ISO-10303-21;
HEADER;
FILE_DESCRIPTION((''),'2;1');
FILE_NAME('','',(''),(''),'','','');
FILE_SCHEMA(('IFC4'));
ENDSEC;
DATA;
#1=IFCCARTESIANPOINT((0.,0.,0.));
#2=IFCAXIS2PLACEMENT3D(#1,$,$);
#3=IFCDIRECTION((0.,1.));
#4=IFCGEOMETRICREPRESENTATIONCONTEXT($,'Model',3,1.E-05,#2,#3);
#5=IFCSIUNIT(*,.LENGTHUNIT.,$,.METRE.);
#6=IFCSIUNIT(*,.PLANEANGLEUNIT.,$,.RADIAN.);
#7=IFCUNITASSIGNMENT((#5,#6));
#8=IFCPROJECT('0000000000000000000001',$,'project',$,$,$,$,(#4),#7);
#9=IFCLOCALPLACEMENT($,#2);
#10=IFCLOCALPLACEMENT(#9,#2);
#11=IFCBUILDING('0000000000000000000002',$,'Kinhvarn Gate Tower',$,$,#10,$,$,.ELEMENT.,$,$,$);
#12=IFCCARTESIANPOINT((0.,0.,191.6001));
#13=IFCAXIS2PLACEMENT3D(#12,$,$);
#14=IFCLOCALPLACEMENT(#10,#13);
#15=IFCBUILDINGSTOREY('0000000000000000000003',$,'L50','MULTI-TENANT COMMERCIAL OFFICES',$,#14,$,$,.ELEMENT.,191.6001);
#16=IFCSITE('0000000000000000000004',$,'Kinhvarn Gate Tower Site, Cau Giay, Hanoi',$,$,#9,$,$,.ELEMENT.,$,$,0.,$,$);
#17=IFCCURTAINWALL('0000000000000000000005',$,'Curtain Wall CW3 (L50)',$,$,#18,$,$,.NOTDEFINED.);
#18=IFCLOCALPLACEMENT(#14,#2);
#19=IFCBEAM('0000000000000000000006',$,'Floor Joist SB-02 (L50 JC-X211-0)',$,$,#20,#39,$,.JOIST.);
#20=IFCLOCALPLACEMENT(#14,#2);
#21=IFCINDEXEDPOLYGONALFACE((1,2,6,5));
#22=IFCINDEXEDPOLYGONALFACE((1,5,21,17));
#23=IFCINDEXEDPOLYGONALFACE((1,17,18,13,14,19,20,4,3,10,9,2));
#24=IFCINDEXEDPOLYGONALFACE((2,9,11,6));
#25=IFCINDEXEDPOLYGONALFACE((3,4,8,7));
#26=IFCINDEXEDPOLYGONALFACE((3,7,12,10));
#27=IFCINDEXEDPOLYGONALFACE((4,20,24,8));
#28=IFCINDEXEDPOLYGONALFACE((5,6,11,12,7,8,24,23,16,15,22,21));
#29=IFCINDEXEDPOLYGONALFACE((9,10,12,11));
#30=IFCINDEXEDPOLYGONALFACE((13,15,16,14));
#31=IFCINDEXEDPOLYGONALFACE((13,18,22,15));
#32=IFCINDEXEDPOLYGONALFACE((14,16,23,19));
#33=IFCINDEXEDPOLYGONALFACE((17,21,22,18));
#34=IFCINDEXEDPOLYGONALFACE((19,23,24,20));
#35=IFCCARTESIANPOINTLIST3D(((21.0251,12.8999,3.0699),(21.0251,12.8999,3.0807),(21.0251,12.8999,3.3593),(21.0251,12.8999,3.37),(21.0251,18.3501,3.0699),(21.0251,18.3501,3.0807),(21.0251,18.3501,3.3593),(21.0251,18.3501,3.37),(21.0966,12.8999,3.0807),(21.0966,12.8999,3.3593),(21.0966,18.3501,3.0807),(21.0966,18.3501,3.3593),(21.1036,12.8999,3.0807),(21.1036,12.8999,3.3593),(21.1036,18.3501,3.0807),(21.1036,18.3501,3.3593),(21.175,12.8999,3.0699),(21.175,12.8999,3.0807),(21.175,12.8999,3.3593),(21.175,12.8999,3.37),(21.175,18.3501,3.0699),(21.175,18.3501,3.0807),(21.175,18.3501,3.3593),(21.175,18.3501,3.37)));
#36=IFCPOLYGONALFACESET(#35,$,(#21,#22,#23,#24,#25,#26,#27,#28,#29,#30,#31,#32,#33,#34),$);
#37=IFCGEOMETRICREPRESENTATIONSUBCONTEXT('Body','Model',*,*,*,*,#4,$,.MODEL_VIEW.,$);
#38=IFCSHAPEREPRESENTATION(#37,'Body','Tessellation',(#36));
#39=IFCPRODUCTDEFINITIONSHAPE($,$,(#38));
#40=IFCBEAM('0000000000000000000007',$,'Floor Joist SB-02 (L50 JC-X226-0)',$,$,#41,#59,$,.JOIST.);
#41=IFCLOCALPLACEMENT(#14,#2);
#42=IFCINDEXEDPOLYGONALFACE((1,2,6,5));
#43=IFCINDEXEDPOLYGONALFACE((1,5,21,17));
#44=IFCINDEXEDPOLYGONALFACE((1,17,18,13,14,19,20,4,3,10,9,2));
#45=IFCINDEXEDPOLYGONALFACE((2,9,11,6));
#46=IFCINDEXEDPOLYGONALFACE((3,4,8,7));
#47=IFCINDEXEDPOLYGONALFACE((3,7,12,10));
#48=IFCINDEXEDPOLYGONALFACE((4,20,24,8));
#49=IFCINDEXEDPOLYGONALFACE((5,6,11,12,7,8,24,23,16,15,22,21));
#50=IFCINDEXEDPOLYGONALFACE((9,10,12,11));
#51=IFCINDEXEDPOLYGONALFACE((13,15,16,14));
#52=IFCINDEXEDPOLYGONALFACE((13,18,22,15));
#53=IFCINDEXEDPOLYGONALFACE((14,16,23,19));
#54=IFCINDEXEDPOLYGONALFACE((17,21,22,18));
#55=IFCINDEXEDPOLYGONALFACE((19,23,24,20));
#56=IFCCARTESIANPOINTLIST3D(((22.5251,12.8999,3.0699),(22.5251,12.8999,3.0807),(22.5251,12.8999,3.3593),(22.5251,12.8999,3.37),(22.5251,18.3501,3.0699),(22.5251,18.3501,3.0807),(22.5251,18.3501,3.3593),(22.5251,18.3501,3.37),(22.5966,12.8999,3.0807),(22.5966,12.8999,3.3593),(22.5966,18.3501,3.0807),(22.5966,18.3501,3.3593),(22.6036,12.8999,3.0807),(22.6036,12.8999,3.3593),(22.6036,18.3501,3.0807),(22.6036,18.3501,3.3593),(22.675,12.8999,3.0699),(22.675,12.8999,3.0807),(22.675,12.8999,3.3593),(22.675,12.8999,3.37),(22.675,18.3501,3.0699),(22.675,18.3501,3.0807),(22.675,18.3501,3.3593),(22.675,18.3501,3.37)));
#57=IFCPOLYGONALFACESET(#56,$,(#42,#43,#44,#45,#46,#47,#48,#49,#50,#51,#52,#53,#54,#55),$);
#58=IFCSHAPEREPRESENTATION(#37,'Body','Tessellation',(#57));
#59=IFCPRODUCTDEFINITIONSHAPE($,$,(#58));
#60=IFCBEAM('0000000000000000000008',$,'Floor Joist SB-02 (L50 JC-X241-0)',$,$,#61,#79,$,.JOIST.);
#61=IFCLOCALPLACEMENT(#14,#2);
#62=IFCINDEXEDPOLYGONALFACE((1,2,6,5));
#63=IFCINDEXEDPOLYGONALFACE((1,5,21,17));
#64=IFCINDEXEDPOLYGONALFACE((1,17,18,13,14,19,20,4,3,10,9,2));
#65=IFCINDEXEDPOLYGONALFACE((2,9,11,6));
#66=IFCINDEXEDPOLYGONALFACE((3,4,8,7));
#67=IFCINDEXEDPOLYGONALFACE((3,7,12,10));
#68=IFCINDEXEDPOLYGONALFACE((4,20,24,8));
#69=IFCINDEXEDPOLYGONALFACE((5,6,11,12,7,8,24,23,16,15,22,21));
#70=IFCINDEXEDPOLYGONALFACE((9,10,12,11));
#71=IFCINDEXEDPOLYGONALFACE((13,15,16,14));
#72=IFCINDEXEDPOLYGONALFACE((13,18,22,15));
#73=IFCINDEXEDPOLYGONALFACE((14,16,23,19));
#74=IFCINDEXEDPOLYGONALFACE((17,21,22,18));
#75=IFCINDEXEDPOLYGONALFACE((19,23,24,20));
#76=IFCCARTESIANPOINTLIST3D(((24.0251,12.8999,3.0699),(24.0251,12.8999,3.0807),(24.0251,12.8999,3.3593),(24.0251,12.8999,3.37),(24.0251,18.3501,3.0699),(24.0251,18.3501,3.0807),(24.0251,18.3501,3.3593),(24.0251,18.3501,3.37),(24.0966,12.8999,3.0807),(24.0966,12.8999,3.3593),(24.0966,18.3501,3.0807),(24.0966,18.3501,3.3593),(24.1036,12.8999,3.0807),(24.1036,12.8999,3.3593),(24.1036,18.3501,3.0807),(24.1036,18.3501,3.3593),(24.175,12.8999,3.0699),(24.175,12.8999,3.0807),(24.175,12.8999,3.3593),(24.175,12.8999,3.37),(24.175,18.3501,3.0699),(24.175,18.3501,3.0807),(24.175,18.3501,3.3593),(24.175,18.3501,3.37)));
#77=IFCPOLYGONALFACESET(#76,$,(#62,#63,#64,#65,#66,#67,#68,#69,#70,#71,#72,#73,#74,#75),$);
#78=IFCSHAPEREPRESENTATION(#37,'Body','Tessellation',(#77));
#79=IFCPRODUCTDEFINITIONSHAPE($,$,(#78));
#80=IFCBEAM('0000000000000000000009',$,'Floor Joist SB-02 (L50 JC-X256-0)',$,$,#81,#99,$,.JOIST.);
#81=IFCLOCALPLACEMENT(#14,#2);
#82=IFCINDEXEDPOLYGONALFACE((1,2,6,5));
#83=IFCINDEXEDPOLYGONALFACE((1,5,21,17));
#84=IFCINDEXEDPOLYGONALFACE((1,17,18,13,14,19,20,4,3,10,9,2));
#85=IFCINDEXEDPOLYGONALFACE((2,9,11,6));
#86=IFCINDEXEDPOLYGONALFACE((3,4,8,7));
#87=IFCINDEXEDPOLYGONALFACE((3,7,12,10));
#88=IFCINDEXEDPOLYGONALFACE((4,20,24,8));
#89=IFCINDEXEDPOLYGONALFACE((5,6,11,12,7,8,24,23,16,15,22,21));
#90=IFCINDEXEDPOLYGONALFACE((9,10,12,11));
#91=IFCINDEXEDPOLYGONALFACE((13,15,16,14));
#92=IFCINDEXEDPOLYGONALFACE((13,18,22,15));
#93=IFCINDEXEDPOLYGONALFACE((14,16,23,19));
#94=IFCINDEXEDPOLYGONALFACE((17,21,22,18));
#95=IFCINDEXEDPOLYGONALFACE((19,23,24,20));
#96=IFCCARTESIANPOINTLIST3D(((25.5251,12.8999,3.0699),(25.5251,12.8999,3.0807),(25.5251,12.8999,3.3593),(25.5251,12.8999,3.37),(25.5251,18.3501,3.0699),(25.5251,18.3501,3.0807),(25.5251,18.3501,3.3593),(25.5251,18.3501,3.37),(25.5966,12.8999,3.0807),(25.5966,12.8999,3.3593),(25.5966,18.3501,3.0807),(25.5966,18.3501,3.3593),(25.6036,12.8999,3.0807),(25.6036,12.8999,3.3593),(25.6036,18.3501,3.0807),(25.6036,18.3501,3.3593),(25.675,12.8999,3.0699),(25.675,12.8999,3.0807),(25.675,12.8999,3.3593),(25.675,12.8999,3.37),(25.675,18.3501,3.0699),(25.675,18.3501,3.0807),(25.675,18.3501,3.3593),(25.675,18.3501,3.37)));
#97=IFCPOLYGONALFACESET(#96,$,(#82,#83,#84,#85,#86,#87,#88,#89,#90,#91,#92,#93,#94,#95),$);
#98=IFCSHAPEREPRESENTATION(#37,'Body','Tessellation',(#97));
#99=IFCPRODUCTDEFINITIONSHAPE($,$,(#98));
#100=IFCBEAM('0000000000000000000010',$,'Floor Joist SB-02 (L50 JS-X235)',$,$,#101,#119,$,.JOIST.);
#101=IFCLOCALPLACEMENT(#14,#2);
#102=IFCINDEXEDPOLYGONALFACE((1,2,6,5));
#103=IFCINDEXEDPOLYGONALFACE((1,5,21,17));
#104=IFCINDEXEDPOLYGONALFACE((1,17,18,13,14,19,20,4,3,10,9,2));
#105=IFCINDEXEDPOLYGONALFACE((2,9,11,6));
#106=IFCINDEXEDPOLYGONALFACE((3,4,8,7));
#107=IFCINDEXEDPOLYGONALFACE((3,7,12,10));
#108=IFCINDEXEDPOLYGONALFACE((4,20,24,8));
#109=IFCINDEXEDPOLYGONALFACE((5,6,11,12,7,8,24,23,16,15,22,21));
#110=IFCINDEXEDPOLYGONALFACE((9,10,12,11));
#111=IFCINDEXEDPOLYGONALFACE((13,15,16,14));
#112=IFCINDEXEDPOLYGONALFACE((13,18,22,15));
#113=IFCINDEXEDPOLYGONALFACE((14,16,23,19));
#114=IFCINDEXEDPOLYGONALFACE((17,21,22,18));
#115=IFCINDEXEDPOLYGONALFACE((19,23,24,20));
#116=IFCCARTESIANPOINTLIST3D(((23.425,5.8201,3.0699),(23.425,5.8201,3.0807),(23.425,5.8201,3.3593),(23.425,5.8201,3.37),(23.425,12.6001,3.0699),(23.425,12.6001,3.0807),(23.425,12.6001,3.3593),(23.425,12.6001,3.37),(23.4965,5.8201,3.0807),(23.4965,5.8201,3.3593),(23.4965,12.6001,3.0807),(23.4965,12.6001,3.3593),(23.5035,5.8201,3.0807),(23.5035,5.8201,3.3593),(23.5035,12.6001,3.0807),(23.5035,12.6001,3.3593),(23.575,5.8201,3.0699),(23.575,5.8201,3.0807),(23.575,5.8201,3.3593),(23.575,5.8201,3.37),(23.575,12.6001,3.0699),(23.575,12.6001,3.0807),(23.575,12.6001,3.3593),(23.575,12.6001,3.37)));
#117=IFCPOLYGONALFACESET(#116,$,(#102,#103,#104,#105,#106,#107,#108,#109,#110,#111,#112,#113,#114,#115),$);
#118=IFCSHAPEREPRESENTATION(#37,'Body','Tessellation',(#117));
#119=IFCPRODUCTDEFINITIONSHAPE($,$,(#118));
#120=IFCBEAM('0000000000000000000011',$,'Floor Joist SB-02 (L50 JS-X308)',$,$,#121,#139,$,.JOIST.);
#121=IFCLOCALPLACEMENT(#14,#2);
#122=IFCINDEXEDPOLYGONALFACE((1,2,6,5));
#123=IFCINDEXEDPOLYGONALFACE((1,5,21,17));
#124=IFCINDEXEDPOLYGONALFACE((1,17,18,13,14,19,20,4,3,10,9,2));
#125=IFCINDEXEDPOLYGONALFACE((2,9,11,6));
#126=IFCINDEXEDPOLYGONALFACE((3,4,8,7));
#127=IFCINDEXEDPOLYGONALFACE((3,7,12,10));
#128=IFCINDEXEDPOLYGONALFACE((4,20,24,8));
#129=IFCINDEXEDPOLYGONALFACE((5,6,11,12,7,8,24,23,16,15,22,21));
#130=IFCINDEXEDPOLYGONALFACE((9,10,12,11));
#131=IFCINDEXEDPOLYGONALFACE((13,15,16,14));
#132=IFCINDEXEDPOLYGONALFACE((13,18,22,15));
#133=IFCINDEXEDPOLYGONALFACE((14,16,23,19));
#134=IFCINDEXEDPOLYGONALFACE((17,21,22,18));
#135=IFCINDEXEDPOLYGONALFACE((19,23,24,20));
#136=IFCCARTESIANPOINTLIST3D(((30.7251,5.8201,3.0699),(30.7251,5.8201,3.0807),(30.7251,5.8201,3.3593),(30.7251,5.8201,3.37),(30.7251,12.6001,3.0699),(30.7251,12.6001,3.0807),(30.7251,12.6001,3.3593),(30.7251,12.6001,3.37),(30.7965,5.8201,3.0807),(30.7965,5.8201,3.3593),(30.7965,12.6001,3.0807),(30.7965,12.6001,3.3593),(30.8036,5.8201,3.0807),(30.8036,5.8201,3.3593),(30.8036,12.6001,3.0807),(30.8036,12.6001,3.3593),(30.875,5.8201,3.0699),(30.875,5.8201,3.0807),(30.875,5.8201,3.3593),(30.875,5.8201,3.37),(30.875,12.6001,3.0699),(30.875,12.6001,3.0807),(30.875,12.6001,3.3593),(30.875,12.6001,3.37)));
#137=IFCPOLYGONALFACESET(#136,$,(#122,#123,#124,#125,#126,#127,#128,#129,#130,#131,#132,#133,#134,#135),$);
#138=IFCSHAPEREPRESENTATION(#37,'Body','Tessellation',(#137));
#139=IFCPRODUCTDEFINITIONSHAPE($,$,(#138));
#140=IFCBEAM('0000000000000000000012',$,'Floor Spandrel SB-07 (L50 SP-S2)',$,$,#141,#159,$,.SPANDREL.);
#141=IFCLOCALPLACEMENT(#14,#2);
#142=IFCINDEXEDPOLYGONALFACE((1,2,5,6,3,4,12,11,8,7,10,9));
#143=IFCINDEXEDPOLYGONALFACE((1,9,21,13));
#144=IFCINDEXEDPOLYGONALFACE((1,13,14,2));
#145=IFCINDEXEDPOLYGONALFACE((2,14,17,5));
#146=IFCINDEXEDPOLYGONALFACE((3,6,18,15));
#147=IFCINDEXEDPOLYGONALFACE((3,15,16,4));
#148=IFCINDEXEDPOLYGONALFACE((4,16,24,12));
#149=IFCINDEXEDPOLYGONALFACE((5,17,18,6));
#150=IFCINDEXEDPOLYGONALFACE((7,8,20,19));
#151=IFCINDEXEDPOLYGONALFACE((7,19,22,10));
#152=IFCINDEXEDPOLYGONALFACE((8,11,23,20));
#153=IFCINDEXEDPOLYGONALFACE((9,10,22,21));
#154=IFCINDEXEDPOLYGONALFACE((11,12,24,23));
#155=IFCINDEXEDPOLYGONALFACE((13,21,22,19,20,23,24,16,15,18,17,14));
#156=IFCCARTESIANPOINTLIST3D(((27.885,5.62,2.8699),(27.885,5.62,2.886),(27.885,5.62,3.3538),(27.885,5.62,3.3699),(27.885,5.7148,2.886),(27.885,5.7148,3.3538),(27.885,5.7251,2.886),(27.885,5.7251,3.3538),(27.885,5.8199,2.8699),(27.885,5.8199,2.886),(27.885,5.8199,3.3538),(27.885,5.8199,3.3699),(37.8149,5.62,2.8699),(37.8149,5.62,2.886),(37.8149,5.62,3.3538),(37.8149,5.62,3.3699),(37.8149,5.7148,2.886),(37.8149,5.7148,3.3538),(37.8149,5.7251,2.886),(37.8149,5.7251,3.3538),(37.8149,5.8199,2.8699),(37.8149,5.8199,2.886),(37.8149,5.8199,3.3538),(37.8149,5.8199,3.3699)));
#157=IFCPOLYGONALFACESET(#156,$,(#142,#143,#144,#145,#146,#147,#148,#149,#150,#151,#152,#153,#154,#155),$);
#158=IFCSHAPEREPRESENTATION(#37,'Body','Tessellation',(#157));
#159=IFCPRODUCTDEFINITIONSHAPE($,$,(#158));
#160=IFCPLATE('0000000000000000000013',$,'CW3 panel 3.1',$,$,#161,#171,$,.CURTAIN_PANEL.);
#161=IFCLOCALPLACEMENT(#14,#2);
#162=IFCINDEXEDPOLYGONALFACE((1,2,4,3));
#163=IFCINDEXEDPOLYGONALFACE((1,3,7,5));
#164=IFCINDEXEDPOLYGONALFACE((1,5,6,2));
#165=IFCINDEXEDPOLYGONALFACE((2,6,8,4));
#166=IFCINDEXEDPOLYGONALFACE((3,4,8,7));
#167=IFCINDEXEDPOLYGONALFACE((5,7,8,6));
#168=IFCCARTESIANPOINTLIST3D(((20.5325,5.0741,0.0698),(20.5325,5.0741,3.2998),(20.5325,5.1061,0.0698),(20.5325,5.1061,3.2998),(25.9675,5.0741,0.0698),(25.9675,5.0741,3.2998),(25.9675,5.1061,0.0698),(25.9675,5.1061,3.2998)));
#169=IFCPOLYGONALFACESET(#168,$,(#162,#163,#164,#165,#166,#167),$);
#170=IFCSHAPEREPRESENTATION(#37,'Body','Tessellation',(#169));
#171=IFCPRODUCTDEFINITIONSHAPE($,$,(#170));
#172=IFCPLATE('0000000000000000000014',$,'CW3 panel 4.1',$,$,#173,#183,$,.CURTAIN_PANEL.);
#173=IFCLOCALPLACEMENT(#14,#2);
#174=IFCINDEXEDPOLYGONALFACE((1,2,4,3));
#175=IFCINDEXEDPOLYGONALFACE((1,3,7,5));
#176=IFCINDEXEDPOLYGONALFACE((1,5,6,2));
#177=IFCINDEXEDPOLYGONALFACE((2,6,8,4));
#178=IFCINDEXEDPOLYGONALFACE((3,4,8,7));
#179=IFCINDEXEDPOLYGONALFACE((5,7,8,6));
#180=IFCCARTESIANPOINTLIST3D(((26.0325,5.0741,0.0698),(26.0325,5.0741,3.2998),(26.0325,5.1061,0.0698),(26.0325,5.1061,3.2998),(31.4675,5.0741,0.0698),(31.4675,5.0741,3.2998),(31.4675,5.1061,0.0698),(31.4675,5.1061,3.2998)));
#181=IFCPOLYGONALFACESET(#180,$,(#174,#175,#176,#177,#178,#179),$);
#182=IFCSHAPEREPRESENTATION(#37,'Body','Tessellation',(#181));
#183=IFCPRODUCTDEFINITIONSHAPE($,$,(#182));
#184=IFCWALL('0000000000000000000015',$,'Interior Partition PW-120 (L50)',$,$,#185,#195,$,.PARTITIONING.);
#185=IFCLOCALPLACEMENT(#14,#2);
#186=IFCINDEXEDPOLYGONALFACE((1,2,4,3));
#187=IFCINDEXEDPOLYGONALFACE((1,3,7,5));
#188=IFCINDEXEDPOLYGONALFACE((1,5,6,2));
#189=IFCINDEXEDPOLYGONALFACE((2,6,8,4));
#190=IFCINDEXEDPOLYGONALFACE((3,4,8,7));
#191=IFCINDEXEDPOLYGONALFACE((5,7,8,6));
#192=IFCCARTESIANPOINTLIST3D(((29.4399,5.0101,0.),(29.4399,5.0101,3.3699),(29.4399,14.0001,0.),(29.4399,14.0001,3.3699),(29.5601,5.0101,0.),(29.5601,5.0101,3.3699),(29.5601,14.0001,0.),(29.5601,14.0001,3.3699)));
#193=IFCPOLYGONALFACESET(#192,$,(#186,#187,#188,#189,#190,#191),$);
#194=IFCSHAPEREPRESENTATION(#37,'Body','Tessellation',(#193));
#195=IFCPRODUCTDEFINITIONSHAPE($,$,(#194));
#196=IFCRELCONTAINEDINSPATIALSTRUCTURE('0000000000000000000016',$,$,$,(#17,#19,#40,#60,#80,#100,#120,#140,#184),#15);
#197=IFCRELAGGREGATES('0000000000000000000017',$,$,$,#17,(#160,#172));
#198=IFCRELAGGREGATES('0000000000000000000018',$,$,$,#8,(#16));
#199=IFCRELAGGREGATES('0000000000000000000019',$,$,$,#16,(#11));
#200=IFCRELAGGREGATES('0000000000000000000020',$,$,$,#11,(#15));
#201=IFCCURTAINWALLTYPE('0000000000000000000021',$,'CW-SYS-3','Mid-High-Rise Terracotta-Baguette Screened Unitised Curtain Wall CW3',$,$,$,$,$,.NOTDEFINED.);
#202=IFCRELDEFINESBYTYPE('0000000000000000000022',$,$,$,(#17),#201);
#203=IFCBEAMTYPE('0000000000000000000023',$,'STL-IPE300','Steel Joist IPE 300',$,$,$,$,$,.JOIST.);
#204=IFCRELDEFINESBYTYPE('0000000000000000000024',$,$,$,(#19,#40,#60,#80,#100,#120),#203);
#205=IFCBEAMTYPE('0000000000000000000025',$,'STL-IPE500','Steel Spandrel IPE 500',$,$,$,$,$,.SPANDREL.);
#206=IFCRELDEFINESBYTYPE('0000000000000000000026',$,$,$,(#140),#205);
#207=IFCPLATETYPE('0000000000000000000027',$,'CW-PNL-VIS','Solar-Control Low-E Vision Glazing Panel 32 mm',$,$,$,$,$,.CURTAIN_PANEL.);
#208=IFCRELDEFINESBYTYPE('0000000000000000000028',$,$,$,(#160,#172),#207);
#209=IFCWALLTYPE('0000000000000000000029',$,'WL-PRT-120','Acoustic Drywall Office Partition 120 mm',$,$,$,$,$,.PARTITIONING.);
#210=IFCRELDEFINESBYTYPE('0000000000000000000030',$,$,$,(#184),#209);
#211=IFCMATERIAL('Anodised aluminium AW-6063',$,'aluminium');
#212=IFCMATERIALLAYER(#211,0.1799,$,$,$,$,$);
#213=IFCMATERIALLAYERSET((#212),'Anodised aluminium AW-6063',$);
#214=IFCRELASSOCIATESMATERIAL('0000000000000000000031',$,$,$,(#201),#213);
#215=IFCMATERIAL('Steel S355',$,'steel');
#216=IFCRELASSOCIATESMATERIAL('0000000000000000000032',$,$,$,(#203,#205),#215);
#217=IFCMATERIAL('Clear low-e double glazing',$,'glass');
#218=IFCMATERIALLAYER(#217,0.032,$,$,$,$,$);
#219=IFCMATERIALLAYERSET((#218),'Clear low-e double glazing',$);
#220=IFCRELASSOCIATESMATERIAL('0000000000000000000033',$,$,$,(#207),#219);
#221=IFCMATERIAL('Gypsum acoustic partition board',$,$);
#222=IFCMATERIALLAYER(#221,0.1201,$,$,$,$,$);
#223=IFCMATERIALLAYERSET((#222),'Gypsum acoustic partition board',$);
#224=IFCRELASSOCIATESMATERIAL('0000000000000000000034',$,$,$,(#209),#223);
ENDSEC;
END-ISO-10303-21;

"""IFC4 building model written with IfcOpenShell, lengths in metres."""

from ifc_helpers import new_model, si_unit, direction, frame, frame_2d, origin, origin_2d, place, context, subcontext, project, spatial, rectangle, i_section, extrude, material, layer, layer_set, material_profile, profile_set, type_object, element, aggregate, save


model = new_model("IFC4")

# Units and contexts
model_context = context("Model", 3, precision=1e-05, world=origin(), true_north=direction((0.0, 1.0)))
body_context = subcontext(model_context, "Body", "Model", "MODEL_VIEW")
ifc_project = project(units=[si_unit("LENGTHUNIT", "METRE"), si_unit("PLANEANGLEUNIT", "RADIAN")], contexts=[model_context])

# Site, building, storey
site_placement = place(None, origin())
site = spatial("IfcSite", under=ifc_project, at=site_placement, Name="Kinhvarn Gate Tower Site, Cau Giay, Hanoi", CompositionType="ELEMENT", RefElevation=0.0)
building_placement = place(site_placement, origin())
building = spatial("IfcBuilding", under=site, at=building_placement, Name="Kinhvarn Gate Tower", CompositionType="ELEMENT")
storey_placement = place(building_placement, frame((0.0, 0.0, 191.6001)))
storey = spatial("IfcBuildingStorey", under=building, at=storey_placement, Name="L50", Description="MULTI-TENANT COMMERCIAL OFFICES", CompositionType="ELEMENT", Elevation=191.6001)

# Curtain wall
ifc_material_1 = material(Name="Anodised aluminium AW-6063", Category="aluminium")
ifc_layer_1 = layer(ifc_material_1, 0.1799)
ifc_layer_set_1 = layer_set([ifc_layer_1], Name="Anodised aluminium AW-6063")
curtain_wall_type = type_object("IfcCurtainWallType", Name="CW-SYS-3", Description="Mid-High-Rise Terracotta-Baguette Screened Unitised Curtain Wall CW3", PredefinedType="NOTDEFINED", material=ifc_layer_set_1)
curtain_wall_placement = place(storey_placement, origin())
curtain_wall = element("IfcCurtainWall", 1, at=curtain_wall_placement, inside=storey, type_object=curtain_wall_type, Name="Curtain Wall CW3 (L50)", PredefinedType="NOTDEFINED")

# Beams
ifc_material_2 = material(Name="Steel S355", Category="steel")
ifc_material_profile_1 = material_profile(ifc_material_2, i_section(OverallWidth=0.1499, OverallDepth=0.3, WebThickness=0.0071, FlangeThickness=0.0107, at=origin_2d()), Name="IPE 300")
ifc_profile_set_1 = profile_set([ifc_material_profile_1], Name="Steel S355")
beam_type_1 = type_object("IfcBeamType", Name="STL-IPE300", Description="Steel Joist IPE 300", PredefinedType="JOIST", material=ifc_profile_set_1)
for number, where, z_axis, x_axis, name in (
    (2, (21.1001, 12.8999, 3.22), (0.0, 1.0, 0.0), (-1.0, 0.0, 0.0), "Floor Joist SB-02 (L50 JC-X211-0)"),
    (3, (22.6001, 12.8999, 3.22), (0.0, 1.0, 0.0), (-1.0, 0.0, 0.0), "Floor Joist SB-02 (L50 JC-X226-0)"),
    (4, (24.1001, 12.8999, 3.22), (0.0, 1.0, 0.0), (-1.0, 0.0, 0.0), "Floor Joist SB-02 (L50 JC-X241-0)"),
    (5, (25.6001, 12.8999, 3.22), (0.0, 1.0, 0.0), (-1.0, 0.0, 0.0), "Floor Joist SB-02 (L50 JC-X256-0)"),
):
    element("IfcBeam", number, at=place(storey_placement, frame(where, z_axis=z_axis, x_axis=x_axis)), inside=storey, type_object=beam_type_1, Name=name, PredefinedType="JOIST", context=body_context, shape_type="SweptSolid", body=[
        extrude(i_section(OverallWidth=0.1499, OverallDepth=0.3, WebThickness=0.0071, FlangeThickness=0.0107, at=origin_2d()), origin(), (0.0, 0.0, 1.0), 5.4502),
    ])
for number, where, z_axis, x_axis, name in (
    (6, (23.5, 5.8201, 3.22), (0.0, 1.0, 0.0), (-1.0, 0.0, 0.0), "Floor Joist SB-02 (L50 JS-X235)"),
    (7, (30.8, 5.8201, 3.22), (0.0, 1.0, 0.0), (-1.0, 0.0, 0.0), "Floor Joist SB-02 (L50 JS-X308)"),
):
    element("IfcBeam", number, at=place(storey_placement, frame(where, z_axis=z_axis, x_axis=x_axis)), inside=storey, type_object=beam_type_1, Name=name, PredefinedType="JOIST", context=body_context, shape_type="SweptSolid", body=[
        extrude(i_section(OverallWidth=0.1499, OverallDepth=0.3, WebThickness=0.0071, FlangeThickness=0.0107, at=origin_2d()), origin(), (0.0, 0.0, 1.0), 6.78),
    ])
ifc_material_profile_2 = material_profile(ifc_material_2, i_section(OverallWidth=0.2, OverallDepth=0.5, WebThickness=0.0103, FlangeThickness=0.0161, at=origin_2d()), Name="IPE 500")
ifc_profile_set_2 = profile_set([ifc_material_profile_2], Name="Steel S355")
beam_type_2 = type_object("IfcBeamType", Name="STL-IPE500", Description="Steel Spandrel IPE 500", PredefinedType="SPANDREL", material=ifc_profile_set_2)
beam_1_placement = place(storey_placement, frame((27.885, 5.72, 3.1199), z_axis=(1.0, 0.0, 0.0), x_axis=(0.0, 1.0, 0.0)))
element("IfcBeam", 8, at=beam_1_placement, inside=storey, type_object=beam_type_2, Name="Floor Spandrel SB-07 (L50 SP-S2)", PredefinedType="SPANDREL", context=body_context, shape_type="SweptSolid", body=[
    extrude(i_section(OverallWidth=0.2, OverallDepth=0.5, WebThickness=0.0103, FlangeThickness=0.0161, at=origin_2d()), origin(), (0.0, 0.0, 1.0), 9.9299),
])

# Plates
ifc_material_3 = material(Name="Clear low-e double glazing", Category="glass")
ifc_layer_2 = layer(ifc_material_3, 0.032)
ifc_layer_set_2 = layer_set([ifc_layer_2], Name="Clear low-e double glazing")
plate_type = type_object("IfcPlateType", Name="CW-PNL-VIS", Description="Solar-Control Low-E Vision Glazing Panel 32 mm", PredefinedType="CURTAIN_PANEL", material=ifc_layer_set_2)
plate_1_placement = place(storey_placement, frame((23.25, 5.0901, 0.0698), z_axis=(0.0, 0.0, 1.0), x_axis=(1.0, 0.0, 0.0)))
plate_1 = element("IfcPlate", 9, at=plate_1_placement, type_object=plate_type, Name="CW3 panel 3.1", PredefinedType="CURTAIN_PANEL", context=body_context, shape_type="SweptSolid", body=[
    extrude(rectangle(XDim=5.4351, YDim=0.032, at=origin_2d()), origin(), (0.0, 0.0, 1.0), 3.23),
])
plate_2_placement = place(storey_placement, frame((28.75, 5.0901, 0.0698), z_axis=(0.0, 0.0, 1.0), x_axis=(1.0, 0.0, 0.0)))
plate_2 = element("IfcPlate", 10, at=plate_2_placement, type_object=plate_type, Name="CW3 panel 4.1", PredefinedType="CURTAIN_PANEL", context=body_context, shape_type="SweptSolid", body=[
    extrude(rectangle(XDim=5.4351, YDim=0.032, at=origin_2d()), origin(), (0.0, 0.0, 1.0), 3.23),
])
aggregate(curtain_wall, [plate_1, plate_2])

# Wall
ifc_material_4 = material(Name="Gypsum acoustic partition board")
ifc_layer_3 = layer(ifc_material_4, 0.1201)
ifc_layer_set_3 = layer_set([ifc_layer_3], Name="Gypsum acoustic partition board")
wall_type = type_object("IfcWallType", Name="WL-PRT-120", Description="Acoustic Drywall Office Partition 120 mm", PredefinedType="PARTITIONING", material=ifc_layer_set_3)
wall_placement = place(storey_placement, frame((29.5, 5.01, 0.0), z_axis=(0.0, 0.0, 1.0), x_axis=(0.0, 1.0, 0.0)))
element("IfcWall", 11, at=wall_placement, inside=storey, type_object=wall_type, Name="Interior Partition PW-120 (L50)", PredefinedType="PARTITIONING", context=body_context, shape_type="SweptSolid", body=[
    extrude(rectangle(XDim=8.99, YDim=0.1201, at=frame_2d((4.4951, 0.0))), origin(), (0.0, 0.0, 1.0), 3.3699),
])

save(model, "model.ifc")
